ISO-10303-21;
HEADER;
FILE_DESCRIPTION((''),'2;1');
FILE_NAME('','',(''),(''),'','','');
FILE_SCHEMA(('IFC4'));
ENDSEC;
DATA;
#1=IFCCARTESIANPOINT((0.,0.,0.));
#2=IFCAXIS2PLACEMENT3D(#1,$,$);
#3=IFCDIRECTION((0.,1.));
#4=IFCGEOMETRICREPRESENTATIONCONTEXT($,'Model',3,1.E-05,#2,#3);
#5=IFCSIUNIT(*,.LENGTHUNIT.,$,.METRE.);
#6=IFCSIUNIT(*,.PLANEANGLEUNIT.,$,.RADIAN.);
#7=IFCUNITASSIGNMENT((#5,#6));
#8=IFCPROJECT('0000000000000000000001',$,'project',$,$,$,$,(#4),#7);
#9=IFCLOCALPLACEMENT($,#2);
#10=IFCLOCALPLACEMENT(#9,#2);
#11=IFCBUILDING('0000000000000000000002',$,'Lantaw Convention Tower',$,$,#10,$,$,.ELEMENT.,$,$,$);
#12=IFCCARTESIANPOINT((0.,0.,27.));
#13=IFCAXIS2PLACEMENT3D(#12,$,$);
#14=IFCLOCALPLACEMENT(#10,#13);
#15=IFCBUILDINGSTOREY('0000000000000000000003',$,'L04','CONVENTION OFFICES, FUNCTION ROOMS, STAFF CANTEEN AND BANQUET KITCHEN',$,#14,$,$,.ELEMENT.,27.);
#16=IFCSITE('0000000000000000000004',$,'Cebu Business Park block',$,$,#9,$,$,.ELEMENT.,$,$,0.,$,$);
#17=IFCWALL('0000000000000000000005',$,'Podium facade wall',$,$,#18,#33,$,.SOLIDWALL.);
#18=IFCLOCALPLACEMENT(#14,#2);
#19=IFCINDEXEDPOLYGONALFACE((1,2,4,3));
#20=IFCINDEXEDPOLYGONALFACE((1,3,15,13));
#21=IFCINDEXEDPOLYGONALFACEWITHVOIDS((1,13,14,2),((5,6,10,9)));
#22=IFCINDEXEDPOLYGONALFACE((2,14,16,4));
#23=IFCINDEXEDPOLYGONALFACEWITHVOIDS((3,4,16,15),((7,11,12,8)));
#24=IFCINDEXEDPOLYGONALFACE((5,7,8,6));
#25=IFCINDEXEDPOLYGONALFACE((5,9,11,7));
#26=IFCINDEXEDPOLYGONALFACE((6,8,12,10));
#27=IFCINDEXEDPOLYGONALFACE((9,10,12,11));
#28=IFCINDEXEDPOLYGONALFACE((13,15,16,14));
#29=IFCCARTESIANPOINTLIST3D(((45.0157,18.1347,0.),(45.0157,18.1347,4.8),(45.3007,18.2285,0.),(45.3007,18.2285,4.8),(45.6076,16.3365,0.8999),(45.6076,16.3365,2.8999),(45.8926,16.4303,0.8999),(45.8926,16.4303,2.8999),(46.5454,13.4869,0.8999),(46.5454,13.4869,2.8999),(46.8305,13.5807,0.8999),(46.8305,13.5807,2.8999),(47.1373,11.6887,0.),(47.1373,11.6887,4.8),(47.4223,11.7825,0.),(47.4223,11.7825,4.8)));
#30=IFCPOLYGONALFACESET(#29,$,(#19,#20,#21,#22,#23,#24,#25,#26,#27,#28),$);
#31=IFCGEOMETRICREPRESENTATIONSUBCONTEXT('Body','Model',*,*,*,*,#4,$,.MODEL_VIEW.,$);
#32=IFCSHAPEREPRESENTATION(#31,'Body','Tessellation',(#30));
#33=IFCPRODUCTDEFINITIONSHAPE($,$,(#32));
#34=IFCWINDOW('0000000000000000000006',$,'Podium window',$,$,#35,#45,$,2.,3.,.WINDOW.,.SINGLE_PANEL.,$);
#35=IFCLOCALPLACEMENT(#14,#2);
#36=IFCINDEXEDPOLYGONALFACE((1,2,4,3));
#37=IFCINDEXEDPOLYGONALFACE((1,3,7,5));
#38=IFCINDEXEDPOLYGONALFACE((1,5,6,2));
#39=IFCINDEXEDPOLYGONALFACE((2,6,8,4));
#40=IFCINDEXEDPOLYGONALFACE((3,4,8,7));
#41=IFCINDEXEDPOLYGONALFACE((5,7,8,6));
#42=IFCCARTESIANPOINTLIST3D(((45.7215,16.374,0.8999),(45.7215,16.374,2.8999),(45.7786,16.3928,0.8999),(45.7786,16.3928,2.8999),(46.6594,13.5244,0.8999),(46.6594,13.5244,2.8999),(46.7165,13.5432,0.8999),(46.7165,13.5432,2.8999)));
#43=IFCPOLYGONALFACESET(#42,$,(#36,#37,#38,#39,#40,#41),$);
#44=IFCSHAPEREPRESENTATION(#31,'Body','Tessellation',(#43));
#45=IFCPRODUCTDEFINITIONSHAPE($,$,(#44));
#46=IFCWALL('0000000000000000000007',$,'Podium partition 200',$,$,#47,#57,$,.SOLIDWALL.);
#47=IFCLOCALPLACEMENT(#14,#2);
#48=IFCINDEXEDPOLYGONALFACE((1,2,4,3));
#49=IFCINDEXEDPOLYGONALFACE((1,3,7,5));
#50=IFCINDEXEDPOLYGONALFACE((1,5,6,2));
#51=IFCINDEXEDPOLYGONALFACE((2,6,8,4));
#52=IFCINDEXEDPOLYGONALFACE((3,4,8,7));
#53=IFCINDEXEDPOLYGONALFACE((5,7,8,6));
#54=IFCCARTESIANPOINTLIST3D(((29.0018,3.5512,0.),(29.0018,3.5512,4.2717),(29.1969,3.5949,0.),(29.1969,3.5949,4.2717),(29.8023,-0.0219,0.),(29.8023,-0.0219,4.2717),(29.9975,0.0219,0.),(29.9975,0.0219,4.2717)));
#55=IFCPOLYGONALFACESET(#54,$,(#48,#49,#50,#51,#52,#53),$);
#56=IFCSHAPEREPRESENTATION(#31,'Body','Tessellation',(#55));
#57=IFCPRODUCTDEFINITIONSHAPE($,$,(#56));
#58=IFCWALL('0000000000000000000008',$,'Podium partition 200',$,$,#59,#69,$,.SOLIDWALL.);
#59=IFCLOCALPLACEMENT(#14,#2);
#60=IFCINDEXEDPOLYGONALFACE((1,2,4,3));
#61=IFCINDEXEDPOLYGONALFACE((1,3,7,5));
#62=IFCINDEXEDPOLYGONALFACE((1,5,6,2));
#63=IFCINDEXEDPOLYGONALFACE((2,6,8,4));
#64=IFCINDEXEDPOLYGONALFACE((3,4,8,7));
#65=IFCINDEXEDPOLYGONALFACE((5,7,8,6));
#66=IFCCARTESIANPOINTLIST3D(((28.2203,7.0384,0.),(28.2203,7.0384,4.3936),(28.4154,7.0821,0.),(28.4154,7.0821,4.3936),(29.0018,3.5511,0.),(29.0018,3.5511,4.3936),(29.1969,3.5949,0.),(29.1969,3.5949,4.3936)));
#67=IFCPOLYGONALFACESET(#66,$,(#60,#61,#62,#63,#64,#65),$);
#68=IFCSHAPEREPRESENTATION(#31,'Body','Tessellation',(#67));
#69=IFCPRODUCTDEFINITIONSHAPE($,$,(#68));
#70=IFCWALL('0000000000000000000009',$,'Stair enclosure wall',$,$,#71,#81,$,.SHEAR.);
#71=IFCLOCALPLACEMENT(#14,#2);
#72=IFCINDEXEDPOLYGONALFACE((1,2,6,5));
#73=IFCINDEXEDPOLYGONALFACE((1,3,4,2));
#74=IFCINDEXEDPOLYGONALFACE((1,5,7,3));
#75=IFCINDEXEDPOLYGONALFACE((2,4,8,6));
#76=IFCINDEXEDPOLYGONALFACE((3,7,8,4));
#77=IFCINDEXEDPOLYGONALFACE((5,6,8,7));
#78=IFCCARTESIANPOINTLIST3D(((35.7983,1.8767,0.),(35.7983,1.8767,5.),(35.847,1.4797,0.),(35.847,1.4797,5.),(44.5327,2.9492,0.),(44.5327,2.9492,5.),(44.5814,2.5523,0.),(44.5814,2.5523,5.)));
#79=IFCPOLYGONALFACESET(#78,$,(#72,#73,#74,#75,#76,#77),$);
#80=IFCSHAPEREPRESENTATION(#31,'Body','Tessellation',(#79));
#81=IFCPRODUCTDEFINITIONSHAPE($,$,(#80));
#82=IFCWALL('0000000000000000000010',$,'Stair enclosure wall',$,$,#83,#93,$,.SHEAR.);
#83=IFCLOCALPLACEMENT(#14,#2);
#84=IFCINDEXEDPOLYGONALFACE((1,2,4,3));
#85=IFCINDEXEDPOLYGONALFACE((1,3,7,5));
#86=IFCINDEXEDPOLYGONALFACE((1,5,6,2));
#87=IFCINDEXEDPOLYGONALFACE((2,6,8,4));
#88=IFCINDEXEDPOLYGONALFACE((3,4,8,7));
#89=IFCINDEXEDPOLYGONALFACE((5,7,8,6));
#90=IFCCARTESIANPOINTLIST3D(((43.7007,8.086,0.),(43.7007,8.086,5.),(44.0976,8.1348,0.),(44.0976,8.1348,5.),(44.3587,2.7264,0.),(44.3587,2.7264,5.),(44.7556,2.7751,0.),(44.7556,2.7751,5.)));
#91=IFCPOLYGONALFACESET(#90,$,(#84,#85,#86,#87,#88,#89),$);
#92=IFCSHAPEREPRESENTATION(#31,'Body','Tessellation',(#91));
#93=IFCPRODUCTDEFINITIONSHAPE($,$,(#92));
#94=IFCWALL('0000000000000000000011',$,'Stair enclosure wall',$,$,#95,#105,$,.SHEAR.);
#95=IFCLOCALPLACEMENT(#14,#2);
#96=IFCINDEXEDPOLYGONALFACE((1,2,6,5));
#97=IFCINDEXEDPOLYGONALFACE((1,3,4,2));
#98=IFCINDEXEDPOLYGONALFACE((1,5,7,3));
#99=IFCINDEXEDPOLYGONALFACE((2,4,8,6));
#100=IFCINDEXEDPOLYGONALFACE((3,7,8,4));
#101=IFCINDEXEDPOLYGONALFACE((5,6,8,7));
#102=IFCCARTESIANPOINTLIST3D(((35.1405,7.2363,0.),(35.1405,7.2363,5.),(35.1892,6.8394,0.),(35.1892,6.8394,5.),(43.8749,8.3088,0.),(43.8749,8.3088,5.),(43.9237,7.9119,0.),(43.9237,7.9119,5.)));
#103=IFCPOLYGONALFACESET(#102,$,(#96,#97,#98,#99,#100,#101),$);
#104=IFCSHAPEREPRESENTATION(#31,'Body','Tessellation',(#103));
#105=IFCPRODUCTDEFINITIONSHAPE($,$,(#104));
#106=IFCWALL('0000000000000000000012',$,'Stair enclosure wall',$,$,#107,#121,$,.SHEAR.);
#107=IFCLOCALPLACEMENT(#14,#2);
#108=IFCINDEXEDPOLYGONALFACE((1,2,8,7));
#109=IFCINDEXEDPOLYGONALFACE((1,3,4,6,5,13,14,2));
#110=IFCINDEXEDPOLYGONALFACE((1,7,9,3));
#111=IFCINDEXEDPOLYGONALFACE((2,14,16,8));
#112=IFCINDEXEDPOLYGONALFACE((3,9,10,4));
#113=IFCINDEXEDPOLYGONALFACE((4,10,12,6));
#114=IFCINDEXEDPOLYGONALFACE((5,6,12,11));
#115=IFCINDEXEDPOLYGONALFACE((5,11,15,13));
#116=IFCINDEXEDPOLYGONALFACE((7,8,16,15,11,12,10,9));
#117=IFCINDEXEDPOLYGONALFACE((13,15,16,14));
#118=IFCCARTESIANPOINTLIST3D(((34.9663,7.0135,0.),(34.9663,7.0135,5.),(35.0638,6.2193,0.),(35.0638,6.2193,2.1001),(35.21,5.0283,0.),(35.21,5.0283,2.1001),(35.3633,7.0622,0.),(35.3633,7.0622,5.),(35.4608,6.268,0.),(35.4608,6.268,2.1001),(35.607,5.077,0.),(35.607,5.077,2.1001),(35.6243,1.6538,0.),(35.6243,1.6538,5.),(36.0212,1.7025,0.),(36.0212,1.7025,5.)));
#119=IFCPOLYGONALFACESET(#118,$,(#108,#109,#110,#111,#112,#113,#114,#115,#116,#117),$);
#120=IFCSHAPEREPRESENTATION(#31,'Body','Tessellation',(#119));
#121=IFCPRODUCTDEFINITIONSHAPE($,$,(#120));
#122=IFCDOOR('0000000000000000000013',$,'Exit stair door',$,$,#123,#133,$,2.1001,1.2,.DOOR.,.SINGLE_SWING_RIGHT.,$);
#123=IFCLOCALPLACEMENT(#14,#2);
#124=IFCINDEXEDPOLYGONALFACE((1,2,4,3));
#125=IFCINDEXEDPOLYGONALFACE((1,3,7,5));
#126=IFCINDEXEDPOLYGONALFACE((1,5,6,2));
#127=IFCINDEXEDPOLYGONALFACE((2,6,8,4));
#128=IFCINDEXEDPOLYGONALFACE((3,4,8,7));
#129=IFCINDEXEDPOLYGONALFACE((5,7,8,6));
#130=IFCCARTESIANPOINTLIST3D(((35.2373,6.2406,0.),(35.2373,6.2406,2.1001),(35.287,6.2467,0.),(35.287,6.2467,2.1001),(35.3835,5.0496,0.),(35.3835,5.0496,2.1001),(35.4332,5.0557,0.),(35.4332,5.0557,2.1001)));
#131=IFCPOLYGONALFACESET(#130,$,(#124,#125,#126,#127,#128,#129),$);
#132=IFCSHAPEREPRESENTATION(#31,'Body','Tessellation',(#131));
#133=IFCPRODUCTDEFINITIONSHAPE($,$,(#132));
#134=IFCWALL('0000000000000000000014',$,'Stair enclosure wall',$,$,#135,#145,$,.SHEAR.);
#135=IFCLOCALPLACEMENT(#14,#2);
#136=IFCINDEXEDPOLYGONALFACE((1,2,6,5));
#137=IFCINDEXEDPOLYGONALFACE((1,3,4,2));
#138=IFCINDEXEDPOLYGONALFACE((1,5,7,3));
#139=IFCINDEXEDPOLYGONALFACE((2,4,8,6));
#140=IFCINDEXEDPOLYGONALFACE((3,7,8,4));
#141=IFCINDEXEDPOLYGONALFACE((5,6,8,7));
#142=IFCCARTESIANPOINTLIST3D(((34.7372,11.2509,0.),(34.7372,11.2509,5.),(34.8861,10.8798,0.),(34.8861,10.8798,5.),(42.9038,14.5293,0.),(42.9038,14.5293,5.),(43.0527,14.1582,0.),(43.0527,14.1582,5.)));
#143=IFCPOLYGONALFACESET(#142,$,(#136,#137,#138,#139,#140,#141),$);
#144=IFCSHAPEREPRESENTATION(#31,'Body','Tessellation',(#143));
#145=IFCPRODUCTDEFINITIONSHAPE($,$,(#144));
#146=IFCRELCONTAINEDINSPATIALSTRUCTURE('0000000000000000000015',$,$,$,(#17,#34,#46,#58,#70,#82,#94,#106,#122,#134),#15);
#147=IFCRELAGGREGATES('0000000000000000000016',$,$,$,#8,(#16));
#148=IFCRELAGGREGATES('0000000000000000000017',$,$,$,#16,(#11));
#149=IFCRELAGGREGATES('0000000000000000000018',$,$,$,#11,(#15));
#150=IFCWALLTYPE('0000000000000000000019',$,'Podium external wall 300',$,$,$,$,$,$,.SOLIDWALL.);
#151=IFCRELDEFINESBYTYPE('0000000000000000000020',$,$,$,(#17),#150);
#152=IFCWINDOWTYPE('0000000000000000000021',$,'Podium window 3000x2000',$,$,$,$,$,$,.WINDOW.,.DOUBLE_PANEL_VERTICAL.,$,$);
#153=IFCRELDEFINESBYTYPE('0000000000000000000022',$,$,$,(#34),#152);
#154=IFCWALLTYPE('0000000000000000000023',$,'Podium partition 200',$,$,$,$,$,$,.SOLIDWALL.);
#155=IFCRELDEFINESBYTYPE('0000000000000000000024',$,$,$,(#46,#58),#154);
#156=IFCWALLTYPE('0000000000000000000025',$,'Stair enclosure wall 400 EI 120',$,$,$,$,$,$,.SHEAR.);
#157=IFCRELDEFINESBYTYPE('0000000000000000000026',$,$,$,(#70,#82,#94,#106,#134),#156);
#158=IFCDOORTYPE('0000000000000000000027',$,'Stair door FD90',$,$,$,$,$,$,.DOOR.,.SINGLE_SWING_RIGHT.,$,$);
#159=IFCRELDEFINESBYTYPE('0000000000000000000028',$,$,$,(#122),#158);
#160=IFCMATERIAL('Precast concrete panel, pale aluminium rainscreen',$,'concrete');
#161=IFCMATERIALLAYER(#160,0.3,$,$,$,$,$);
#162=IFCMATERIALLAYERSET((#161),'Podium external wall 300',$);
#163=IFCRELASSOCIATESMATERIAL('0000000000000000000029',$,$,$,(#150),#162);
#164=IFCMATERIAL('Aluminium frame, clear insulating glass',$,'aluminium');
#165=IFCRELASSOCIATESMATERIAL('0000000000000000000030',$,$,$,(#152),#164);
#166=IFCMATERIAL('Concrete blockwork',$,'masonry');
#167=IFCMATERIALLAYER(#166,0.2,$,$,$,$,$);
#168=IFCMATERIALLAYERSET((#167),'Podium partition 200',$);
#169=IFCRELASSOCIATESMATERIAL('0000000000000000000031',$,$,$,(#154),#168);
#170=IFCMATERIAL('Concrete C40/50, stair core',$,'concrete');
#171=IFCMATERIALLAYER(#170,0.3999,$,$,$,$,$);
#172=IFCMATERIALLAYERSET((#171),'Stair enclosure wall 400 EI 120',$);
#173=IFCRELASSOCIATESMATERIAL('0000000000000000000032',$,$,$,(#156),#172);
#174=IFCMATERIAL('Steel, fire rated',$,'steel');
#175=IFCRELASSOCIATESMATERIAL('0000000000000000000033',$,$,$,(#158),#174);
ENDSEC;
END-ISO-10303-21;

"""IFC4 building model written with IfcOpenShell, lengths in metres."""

from ifc_helpers import new_model, si_unit, direction, frame, frame_2d, origin, place, context, subcontext, project, spatial, rectangle, extrude, material, layer, layer_set, type_object, element, fill, save


model = new_model("IFC4")

# Units and contexts
model_context = context("Model", 3, precision=1e-05, world=origin(), true_north=direction((0.0, 1.0)))
body_context = subcontext(model_context, "Body", "Model", "MODEL_VIEW")
ifc_project = project(units=[si_unit("LENGTHUNIT", "METRE"), si_unit("PLANEANGLEUNIT", "RADIAN")], contexts=[model_context])

# Site, building, storey
site_placement = place(None, origin())
site = spatial("IfcSite", under=ifc_project, at=site_placement, Name="Cebu Business Park block", CompositionType="ELEMENT", RefElevation=0.0)
building_placement = place(site_placement, origin())
building = spatial("IfcBuilding", under=site, at=building_placement, Name="Lantaw Convention Tower", CompositionType="ELEMENT")
storey_placement = place(building_placement, frame((0.0, 0.0, 27.0)))
storey = spatial("IfcBuildingStorey", under=building, at=storey_placement, Name="L04", Description="CONVENTION OFFICES, FUNCTION ROOMS, STAFF CANTEEN AND BANQUET KITCHEN", CompositionType="ELEMENT", Elevation=27.0)

# Wall, opening, window
ifc_material_1 = material(Name="Precast concrete panel, pale aluminium rainscreen", Category="concrete")
ifc_layer_1 = layer(ifc_material_1, 0.3)
ifc_layer_set_1 = layer_set([ifc_layer_1], Name="Podium external wall 300")
wall_type_1 = type_object("IfcWallType", Name="Podium external wall 300", PredefinedType="SOLIDWALL", material=ifc_layer_set_1)
ifc_material_2 = material(Name="Aluminium frame, clear insulating glass", Category="aluminium")
window_type = type_object("IfcWindowType", Name="Podium window 3000x2000", PartitioningType="DOUBLE_PANEL_VERTICAL", PredefinedType="WINDOW", material=ifc_material_2)
wall_1_placement = place(storey_placement, frame((47.2798, 11.7356, 0.0), z_axis=(0.0, 0.0, 1.0), x_axis=(-0.312631, 0.949874, 0.0)))
wall_1 = element("IfcWall", 1, at=wall_1_placement, inside=storey, type_object=wall_type_1, Name="Podium facade wall", PredefinedType="SOLIDWALL", context=body_context, shape_type="SweptSolid", body=[
    extrude(rectangle(XDim=6.7861, YDim=0.3, at=frame_2d((3.3931, 0.0))), origin(), (0.0, 0.0, 1.0), 4.8),
])
opening_1_placement = place(wall_1_placement, frame((1.8931, 0.0, 0.8999)))
opening_1 = element("IfcOpeningElement", 2, at=opening_1_placement, cuts=wall_1, PredefinedType="OPENING", context=body_context, shape_type="SweptSolid", body=[
    extrude(rectangle(XDim=3.0, YDim=2.0, at=frame_2d((1.5, 1.0))), frame((0.0, 0.1599, 0.0), z_axis=(0.0, -1.0, 0.0), x_axis=(1.0, 0.0, 0.0)), (0.0, 0.0, 1.0), 0.3201),
])
window_1_placement = place(opening_1_placement, origin())
window_1 = element("IfcWindow", 3, at=window_1_placement, inside=storey, type_object=window_type, Name="Podium window", OverallHeight=2.0, OverallWidth=3.0, PartitioningType="SINGLE_PANEL", PredefinedType="WINDOW", context=body_context, shape_type="SweptSolid", body=[
    extrude(rectangle(XDim=3.0, YDim=2.0, at=frame_2d((1.5, 1.0))), frame((0.0, 0.03, 0.0), z_axis=(0.0, -1.0, 0.0), x_axis=(1.0, 0.0, 0.0)), (0.0, 0.0, 1.0), 0.0601),
])
fill(opening_1, window_1)

# Walls
ifc_material_3 = material(Name="Concrete blockwork", Category="masonry")
ifc_layer_2 = layer(ifc_material_3, 0.2)
ifc_layer_set_2 = layer_set([ifc_layer_2], Name="Podium partition 200")
wall_type_2 = type_object("IfcWallType", Name="Podium partition 200", PredefinedType="SOLIDWALL", material=ifc_layer_set_2)
wall_2_placement = place(storey_placement, frame((29.8999, 0.0, 0.0), z_axis=(0.0, 0.0, 1.0), x_axis=(-0.218632, 0.975807, 0.0)))
element("IfcWall", 4, at=wall_2_placement, inside=storey, type_object=wall_type_2, Name="Podium partition 200", PredefinedType="SOLIDWALL", context=body_context, shape_type="SweptSolid", body=[
    extrude(rectangle(XDim=3.6616, YDim=0.2, at=frame_2d((1.8308, 0.0))), origin(), (0.0, 0.0, 1.0), 4.2717),
])
wall_3_placement = place(storey_placement, frame((29.0994, 3.573, 0.0), z_axis=(0.0, 0.0, 1.0), x_axis=(-0.218673, 0.975798, 0.0)))
element("IfcWall", 5, at=wall_3_placement, inside=storey, type_object=wall_type_2, Name="Podium partition 200", PredefinedType="SOLIDWALL", context=body_context, shape_type="SweptSolid", body=[
    extrude(rectangle(XDim=3.5737, YDim=0.2, at=frame_2d((1.7869, 0.0))), origin(), (0.0, 0.0, 1.0), 4.3936),
])
ifc_material_4 = material(Name="Concrete C40/50, stair core", Category="concrete")
ifc_layer_3 = layer(ifc_material_4, 0.3999)
ifc_layer_set_3 = layer_set([ifc_layer_3], Name="Stair enclosure wall 400 EI 120")
wall_type_3 = type_object("IfcWallType", Name="Stair enclosure wall 400 EI 120", PredefinedType="SHEAR", material=ifc_layer_set_3)
wall_4_placement = place(storey_placement, frame((35.8228, 1.6782, 0.0), z_axis=(0.0, 0.0, 1.0), x_axis=(0.992545, 0.121876, 0.0)))
element("IfcWall", 6, at=wall_4_placement, inside=storey, type_object=wall_type_3, Name="Stair enclosure wall", PredefinedType="SHEAR", context=body_context, shape_type="SweptSolid", body=[
    extrude(rectangle(XDim=8.8, YDim=0.3999, at=frame_2d((4.3999, 0.0))), origin(), (0.0, 0.0, 1.0), 5.0),
])
wall_5_placement = place(storey_placement, frame((44.5571, 2.7507, 0.0), z_axis=(0.0, 0.0, 1.0), x_axis=(-0.121848, 0.992549, 0.0)))
element("IfcWall", 7, at=wall_5_placement, inside=storey, type_object=wall_type_3, Name="Stair enclosure wall", PredefinedType="SHEAR", context=body_context, shape_type="SweptSolid", body=[
    extrude(rectangle(XDim=5.3999, YDim=0.3999, at=frame_2d((2.7, 0.0))), origin(), (0.0, 0.0, 1.0), 5.0),
])
wall_6_placement = place(storey_placement, frame((43.8992, 8.1104, 0.0), z_axis=(0.0, 0.0, 1.0), x_axis=(-0.992545, -0.121876, 0.0)))
element("IfcWall", 8, at=wall_6_placement, inside=storey, type_object=wall_type_3, Name="Stair enclosure wall", PredefinedType="SHEAR", context=body_context, shape_type="SweptSolid", body=[
    extrude(rectangle(XDim=8.8, YDim=0.3999, at=frame_2d((4.3999, 0.0))), origin(), (0.0, 0.0, 1.0), 5.0),
])

# Wall, opening, door
wall_7_placement = place(storey_placement, frame((35.1648, 7.0378, 0.0), z_axis=(0.0, 0.0, 1.0), x_axis=(0.121848, -0.992549, 0.0)))
wall_7 = element("IfcWall", 9, at=wall_7_placement, inside=storey, type_object=wall_type_3, Name="Stair enclosure wall", PredefinedType="SHEAR", context=body_context, shape_type="SweptSolid", body=[
    extrude(rectangle(XDim=5.3999, YDim=0.3999, at=frame_2d((2.7, 0.0))), origin(), (0.0, 0.0, 1.0), 5.0),
])
opening_2_placement = place(wall_7_placement, frame((0.8, 0.0, 0.0)))
opening_2 = element("IfcOpeningElement", 10, at=opening_2_placement, cuts=wall_7, PredefinedType="OPENING", context=body_context, shape_type="SweptSolid", body=[
    extrude(rectangle(XDim=1.2, YDim=2.1001, at=frame_2d((0.6001, 1.05))), frame((0.0, 0.21, 0.0), z_axis=(0.0, -1.0, 0.0), x_axis=(1.0, 0.0, 0.0)), (0.0, 0.0, 1.0), 0.4199),
])
ifc_material_5 = material(Name="Steel, fire rated", Category="steel")
door_type = type_object("IfcDoorType", Name="Stair door FD90", OperationType="SINGLE_SWING_RIGHT", PredefinedType="DOOR", material=ifc_material_5)
door_placement = place(opening_2_placement, origin())
door = element("IfcDoor", 11, at=door_placement, inside=storey, type_object=door_type, Name="Exit stair door", OperationType="SINGLE_SWING_RIGHT", OverallHeight=2.1001, OverallWidth=1.2, PredefinedType="DOOR", context=body_context, shape_type="SweptSolid", body=[
    extrude(rectangle(XDim=1.2, YDim=2.1001, at=frame_2d((0.6001, 1.05))), frame((0.0, 0.0249, 0.0), z_axis=(0.0, -1.0, 0.0), x_axis=(1.0, 0.0, 0.0)), (0.0, 0.0, 1.0), 0.05),
])
fill(opening_2, door)

# Wall
wall_8_placement = place(storey_placement, frame((34.8118, 11.0654, 0.0), z_axis=(0.0, 0.0, 1.0), x_axis=(0.928017, 0.372538, 0.0)))
element("IfcWall", 12, at=wall_8_placement, inside=storey, type_object=wall_type_3, Name="Stair enclosure wall", PredefinedType="SHEAR", context=body_context, shape_type="SweptSolid", body=[
    extrude(rectangle(XDim=8.8, YDim=0.3999, at=frame_2d((4.3999, 0.0))), origin(), (0.0, 0.0, 1.0), 5.0),
])

save(model, "model.ifc")
